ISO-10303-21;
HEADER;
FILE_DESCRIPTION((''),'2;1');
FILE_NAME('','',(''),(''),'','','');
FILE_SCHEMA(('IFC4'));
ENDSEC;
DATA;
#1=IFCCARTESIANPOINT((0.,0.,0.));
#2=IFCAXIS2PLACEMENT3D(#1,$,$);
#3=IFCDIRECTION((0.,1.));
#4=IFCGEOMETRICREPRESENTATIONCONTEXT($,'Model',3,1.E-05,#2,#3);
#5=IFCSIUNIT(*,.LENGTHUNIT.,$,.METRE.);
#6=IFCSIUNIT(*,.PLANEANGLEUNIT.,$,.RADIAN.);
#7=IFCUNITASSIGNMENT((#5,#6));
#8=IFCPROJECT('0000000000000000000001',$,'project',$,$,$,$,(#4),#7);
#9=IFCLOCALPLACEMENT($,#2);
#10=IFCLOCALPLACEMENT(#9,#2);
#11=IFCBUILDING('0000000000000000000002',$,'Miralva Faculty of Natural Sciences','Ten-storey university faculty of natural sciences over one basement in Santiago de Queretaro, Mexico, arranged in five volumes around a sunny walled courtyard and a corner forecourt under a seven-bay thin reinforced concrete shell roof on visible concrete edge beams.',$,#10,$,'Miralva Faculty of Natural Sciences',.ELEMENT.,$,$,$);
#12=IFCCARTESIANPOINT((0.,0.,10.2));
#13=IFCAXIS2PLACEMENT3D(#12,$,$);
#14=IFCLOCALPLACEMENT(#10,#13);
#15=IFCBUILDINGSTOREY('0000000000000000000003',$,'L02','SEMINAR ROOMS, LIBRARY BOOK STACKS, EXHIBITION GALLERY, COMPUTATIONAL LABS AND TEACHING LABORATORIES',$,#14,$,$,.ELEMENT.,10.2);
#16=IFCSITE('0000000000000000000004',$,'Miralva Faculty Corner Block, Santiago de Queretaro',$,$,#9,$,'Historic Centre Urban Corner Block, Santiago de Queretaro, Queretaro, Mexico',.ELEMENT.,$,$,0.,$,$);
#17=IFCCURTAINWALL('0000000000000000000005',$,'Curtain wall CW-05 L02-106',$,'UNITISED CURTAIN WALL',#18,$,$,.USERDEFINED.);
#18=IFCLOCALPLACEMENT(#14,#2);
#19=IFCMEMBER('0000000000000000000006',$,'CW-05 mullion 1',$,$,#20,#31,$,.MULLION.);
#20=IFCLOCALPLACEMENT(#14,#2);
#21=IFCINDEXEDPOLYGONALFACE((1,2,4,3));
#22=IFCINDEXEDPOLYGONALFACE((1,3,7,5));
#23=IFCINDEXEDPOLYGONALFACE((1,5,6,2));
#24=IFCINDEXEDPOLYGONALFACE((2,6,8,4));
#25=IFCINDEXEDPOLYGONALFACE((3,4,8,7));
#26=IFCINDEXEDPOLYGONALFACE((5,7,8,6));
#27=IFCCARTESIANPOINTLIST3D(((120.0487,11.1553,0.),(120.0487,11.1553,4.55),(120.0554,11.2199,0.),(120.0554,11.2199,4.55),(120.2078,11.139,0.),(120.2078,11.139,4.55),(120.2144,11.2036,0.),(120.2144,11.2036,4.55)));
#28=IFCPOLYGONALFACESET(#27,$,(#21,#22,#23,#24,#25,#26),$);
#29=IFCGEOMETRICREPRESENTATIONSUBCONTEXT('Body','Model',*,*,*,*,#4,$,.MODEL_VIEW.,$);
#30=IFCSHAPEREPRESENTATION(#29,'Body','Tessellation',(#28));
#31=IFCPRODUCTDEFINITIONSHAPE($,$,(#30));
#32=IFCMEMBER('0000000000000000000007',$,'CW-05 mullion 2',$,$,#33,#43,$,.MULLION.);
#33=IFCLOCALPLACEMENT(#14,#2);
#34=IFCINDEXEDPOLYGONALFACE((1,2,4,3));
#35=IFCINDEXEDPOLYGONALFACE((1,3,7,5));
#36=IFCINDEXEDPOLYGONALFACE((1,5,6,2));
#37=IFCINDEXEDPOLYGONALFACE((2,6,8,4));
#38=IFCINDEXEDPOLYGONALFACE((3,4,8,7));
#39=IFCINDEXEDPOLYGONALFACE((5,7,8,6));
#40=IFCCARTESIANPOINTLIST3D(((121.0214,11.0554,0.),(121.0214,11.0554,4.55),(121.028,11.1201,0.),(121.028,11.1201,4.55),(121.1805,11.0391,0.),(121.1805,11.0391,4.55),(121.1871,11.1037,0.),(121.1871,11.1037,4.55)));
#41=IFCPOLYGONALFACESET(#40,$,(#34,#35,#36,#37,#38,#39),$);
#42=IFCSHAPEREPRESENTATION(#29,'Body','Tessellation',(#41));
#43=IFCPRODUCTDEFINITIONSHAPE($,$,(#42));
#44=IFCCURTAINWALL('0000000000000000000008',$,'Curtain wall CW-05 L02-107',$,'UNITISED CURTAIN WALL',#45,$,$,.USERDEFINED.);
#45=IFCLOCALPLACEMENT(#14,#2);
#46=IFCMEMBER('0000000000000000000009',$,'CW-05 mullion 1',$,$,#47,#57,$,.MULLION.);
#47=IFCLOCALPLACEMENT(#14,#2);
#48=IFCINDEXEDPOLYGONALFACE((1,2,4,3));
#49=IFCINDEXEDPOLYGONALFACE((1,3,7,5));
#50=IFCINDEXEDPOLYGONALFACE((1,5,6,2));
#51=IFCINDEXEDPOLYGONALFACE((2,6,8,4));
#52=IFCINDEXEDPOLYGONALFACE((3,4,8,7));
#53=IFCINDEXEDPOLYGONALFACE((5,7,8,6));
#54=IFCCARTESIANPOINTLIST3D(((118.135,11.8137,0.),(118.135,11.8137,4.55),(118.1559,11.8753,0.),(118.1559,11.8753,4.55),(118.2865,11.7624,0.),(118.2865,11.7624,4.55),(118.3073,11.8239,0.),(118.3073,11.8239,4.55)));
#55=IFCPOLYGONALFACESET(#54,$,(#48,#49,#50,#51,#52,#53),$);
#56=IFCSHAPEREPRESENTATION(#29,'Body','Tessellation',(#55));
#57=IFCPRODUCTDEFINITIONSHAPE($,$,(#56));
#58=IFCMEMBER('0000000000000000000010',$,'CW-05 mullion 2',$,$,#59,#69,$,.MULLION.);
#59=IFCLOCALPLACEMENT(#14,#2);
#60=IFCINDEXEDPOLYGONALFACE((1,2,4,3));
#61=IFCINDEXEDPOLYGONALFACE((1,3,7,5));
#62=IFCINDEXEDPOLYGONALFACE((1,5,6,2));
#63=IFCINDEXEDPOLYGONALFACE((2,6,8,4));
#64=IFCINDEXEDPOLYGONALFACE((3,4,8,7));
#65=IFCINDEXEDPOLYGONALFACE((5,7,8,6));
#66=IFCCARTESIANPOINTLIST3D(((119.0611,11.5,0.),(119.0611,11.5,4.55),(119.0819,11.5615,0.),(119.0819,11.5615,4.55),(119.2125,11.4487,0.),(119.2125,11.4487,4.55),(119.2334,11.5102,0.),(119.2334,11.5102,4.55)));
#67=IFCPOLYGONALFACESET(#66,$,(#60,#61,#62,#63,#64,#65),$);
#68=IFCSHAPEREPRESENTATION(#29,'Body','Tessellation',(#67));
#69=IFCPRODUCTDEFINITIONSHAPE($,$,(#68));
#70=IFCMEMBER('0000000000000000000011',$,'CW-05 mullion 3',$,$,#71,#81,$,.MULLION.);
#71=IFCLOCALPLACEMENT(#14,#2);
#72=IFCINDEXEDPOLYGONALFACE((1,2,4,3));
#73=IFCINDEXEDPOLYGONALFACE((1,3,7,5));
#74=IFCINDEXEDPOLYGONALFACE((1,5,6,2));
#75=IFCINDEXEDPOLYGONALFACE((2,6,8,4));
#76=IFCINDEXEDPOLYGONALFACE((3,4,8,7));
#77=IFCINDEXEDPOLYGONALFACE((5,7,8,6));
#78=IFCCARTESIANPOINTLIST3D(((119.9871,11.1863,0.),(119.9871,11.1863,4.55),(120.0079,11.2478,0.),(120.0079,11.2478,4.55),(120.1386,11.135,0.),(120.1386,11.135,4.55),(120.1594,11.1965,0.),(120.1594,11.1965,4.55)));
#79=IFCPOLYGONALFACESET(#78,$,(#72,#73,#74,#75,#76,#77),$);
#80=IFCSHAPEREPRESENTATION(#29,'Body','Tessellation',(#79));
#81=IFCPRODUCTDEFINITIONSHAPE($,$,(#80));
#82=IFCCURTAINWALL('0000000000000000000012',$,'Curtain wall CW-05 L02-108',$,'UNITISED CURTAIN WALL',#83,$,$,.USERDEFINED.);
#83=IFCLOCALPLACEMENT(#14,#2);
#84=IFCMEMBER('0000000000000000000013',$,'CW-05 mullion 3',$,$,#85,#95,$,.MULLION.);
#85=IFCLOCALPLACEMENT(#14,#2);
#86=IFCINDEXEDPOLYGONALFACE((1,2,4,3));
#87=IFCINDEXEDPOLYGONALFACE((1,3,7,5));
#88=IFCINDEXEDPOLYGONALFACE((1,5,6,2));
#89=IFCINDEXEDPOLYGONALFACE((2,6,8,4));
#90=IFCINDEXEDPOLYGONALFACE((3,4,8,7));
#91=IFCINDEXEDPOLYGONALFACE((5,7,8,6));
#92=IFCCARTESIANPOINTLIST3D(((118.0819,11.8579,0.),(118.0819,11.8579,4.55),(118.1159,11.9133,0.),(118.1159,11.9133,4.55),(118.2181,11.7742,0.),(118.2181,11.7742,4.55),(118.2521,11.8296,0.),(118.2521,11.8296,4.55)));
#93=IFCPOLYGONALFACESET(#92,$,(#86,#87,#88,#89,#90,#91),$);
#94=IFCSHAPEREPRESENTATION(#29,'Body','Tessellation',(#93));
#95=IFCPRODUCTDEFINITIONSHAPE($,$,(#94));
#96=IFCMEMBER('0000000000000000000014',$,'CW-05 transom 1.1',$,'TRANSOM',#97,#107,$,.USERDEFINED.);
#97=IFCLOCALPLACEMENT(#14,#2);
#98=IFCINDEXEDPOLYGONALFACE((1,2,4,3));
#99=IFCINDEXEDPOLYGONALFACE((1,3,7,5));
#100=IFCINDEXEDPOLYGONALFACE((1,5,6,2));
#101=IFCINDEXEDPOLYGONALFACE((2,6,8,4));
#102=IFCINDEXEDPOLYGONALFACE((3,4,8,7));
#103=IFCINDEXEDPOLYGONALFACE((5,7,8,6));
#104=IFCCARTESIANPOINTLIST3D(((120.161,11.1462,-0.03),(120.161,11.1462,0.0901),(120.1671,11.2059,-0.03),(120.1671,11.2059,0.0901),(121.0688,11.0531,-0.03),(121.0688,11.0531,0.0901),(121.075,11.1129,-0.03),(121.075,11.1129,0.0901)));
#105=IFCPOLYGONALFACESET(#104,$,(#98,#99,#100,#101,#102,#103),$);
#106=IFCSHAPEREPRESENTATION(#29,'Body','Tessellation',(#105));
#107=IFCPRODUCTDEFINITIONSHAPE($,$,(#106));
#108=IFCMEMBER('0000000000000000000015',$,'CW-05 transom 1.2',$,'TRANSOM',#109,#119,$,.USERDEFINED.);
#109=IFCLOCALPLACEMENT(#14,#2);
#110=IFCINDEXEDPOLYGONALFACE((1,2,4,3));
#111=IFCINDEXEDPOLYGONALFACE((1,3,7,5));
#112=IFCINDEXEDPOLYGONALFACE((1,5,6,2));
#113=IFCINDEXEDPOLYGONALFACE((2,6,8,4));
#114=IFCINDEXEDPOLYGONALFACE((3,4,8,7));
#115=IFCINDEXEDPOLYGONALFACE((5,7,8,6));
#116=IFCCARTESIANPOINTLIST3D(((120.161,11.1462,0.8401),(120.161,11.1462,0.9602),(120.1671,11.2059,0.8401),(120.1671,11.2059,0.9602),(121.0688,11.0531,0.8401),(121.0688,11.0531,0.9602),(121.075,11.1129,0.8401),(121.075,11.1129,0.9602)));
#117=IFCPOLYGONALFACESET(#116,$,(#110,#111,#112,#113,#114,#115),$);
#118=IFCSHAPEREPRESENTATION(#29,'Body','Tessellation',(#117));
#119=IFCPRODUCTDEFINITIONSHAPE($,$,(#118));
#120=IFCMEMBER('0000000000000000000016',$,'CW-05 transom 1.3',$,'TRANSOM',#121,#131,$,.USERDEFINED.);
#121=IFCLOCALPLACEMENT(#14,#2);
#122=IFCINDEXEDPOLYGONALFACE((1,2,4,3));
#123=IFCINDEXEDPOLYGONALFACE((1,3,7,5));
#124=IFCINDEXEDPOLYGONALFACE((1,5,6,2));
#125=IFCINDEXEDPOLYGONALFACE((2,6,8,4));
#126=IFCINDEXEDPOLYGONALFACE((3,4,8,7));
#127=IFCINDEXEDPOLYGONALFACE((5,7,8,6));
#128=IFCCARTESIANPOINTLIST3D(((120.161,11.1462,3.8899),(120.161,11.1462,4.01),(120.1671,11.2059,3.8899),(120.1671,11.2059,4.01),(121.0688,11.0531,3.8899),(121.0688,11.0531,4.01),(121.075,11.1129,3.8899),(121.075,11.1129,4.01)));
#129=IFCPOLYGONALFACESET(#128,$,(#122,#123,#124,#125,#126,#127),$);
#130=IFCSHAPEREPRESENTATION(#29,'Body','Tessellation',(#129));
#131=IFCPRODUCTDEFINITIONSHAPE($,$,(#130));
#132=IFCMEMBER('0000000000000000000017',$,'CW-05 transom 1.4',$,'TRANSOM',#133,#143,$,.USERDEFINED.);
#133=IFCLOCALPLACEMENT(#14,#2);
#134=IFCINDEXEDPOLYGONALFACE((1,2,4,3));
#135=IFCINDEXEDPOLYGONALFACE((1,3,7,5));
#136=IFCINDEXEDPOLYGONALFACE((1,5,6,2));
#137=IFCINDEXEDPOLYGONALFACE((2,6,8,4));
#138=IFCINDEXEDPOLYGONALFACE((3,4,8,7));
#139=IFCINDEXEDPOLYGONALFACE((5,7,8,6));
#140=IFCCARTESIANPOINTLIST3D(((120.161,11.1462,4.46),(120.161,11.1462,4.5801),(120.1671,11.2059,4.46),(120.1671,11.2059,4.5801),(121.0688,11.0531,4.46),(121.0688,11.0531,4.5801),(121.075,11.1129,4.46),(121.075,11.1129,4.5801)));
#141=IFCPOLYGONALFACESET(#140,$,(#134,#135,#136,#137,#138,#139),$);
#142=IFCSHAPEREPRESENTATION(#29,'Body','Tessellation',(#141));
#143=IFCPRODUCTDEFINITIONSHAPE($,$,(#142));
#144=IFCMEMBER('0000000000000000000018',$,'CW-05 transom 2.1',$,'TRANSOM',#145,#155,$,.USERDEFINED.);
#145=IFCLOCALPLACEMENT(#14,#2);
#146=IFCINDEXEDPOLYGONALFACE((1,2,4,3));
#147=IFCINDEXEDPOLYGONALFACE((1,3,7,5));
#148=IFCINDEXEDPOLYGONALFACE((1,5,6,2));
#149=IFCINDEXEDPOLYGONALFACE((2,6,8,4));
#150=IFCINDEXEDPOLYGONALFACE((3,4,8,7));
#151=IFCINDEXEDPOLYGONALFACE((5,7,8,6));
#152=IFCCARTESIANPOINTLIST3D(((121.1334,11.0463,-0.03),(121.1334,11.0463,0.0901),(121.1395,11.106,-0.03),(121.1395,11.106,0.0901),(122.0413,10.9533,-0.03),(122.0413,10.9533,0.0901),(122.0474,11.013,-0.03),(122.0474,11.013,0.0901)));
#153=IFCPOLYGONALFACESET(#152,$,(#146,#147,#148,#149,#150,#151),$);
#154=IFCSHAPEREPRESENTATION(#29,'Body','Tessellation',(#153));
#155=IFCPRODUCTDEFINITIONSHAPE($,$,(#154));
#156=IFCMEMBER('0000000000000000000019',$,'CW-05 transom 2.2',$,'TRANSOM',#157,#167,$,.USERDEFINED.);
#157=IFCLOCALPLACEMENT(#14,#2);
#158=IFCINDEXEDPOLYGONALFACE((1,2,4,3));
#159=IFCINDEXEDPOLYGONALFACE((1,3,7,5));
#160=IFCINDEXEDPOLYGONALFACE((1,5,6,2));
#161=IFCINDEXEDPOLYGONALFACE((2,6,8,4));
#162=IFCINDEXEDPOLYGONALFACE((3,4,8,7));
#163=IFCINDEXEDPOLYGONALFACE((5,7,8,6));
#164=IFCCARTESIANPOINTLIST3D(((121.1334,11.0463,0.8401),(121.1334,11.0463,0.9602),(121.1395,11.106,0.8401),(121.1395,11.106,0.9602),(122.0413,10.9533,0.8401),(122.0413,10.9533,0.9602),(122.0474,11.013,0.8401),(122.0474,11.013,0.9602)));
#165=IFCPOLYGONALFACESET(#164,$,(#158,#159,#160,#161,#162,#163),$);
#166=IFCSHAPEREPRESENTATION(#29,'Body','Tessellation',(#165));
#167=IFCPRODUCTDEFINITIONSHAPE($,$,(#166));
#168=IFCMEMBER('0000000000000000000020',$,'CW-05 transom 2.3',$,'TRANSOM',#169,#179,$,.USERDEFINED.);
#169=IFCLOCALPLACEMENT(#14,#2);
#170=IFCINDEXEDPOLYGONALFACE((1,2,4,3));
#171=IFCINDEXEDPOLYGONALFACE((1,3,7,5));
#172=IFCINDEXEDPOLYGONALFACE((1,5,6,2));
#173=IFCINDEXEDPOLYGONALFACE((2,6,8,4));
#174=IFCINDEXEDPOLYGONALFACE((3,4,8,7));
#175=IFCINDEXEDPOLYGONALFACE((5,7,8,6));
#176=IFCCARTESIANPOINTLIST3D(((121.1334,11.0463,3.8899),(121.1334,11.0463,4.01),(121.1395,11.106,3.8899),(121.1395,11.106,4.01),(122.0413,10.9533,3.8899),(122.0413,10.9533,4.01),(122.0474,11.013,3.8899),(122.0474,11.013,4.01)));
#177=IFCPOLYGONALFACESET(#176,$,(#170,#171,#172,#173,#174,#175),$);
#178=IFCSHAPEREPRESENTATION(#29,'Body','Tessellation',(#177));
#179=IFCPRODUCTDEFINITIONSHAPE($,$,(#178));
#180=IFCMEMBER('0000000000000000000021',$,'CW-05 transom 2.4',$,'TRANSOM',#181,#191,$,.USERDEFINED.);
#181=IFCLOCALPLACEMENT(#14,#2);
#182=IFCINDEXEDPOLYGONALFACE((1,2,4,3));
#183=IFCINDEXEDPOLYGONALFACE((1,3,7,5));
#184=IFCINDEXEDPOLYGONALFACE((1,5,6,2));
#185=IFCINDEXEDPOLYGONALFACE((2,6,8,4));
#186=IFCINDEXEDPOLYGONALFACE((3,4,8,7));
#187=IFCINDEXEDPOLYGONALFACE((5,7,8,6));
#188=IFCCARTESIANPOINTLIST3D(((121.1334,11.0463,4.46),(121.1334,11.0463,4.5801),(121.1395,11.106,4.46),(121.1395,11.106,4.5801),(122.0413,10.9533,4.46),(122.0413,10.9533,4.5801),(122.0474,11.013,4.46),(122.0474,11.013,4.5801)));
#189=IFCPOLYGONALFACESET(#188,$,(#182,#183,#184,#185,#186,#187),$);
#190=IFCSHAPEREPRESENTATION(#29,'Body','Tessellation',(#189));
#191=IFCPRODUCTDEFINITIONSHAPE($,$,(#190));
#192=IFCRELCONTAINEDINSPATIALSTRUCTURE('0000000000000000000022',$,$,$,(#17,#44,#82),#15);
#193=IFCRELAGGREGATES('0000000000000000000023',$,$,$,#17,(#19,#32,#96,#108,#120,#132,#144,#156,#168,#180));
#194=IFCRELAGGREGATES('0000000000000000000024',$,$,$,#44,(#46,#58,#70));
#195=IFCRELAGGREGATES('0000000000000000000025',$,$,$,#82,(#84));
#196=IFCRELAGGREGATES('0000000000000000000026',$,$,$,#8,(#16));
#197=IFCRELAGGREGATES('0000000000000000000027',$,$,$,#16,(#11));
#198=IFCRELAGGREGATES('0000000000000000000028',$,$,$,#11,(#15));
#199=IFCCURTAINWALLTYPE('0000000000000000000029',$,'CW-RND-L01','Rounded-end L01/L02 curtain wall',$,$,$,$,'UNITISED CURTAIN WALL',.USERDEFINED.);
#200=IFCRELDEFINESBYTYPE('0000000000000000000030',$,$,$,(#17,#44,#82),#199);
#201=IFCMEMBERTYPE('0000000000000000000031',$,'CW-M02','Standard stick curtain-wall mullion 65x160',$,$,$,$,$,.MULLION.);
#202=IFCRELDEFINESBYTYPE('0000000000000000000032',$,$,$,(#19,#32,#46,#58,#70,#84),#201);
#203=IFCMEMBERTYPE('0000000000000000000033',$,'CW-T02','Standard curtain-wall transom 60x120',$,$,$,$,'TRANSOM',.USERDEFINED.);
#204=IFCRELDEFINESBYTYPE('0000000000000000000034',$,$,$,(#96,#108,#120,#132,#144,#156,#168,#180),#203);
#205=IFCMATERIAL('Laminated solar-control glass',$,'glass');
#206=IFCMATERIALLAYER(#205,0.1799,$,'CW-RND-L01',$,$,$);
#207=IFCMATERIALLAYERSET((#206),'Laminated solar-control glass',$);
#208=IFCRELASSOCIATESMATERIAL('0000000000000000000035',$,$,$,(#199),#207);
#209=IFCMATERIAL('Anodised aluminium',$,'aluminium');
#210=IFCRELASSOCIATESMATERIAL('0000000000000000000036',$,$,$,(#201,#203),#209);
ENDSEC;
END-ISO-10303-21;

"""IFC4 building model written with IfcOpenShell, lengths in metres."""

from ifc_helpers import new_model, si_unit, direction, frame, origin, origin_2d, place, context, subcontext, project, spatial, rectangle, extrude, material, layer, layer_set, material_profile, profile_set, type_object, element, aggregate, save


model = new_model("IFC4")

# Units and contexts
model_context = context("Model", 3, precision=1e-05, world=origin(), true_north=direction((0.0, 1.0)))
body_context = subcontext(model_context, "Body", "Model", "MODEL_VIEW")
ifc_project = project(units=[si_unit("LENGTHUNIT", "METRE"), si_unit("PLANEANGLEUNIT", "RADIAN")], contexts=[model_context])

# Site, building, storey
site_placement = place(None, origin())
site = spatial("IfcSite", under=ifc_project, at=site_placement, Name="Miralva Faculty Corner Block, Santiago de Queretaro", LongName="Historic Centre Urban Corner Block, Santiago de Queretaro, Queretaro, Mexico", CompositionType="ELEMENT", RefElevation=0.0)
building_placement = place(site_placement, origin())
building = spatial("IfcBuilding", under=site, at=building_placement, Name="Miralva Faculty of Natural Sciences", Description="Ten-storey university faculty of natural sciences over one basement in Santiago de Queretaro, Mexico, arranged in five volumes around a sunny walled courtyard and a corner forecourt under a seven-bay thin reinforced concrete shell roof on visible concrete edge beams.", LongName="Miralva Faculty of Natural Sciences", CompositionType="ELEMENT")
storey_placement = place(building_placement, frame((0.0, 0.0, 10.2)))
storey = spatial("IfcBuildingStorey", under=building, at=storey_placement, Name="L02", Description="SEMINAR ROOMS, LIBRARY BOOK STACKS, EXHIBITION GALLERY, COMPUTATIONAL LABS AND TEACHING LABORATORIES", CompositionType="ELEMENT", Elevation=10.2)

# Curtain walls, members
ifc_material_1 = material(Name="Laminated solar-control glass", Category="glass")
ifc_layer_1 = layer(ifc_material_1, 0.1799, Name="CW-RND-L01")
ifc_layer_set_1 = layer_set([ifc_layer_1], Name="Laminated solar-control glass")
curtain_wall_type = type_object("IfcCurtainWallType", Name="CW-RND-L01", Description="Rounded-end L01/L02 curtain wall", ElementType="UNITISED CURTAIN WALL", PredefinedType="USERDEFINED", material=ifc_layer_set_1)
curtain_wall_1_placement = place(storey_placement, origin())
curtain_wall_1 = element("IfcCurtainWall", 1, at=curtain_wall_1_placement, inside=storey, type_object=curtain_wall_type, Name="Curtain wall CW-05 L02-106", ObjectType="UNITISED CURTAIN WALL", PredefinedType="USERDEFINED")
ifc_material_2 = material(Name="Anodised aluminium", Category="aluminium")
ifc_material_profile_1 = material_profile(ifc_material_2, rectangle(XDim=0.0649, YDim=0.1599, at=origin_2d()), Name="MULLION 65x160")
ifc_profile_set_1 = profile_set([ifc_material_profile_1], Name="Anodised aluminium")
member_type_1 = type_object("IfcMemberType", Name="CW-M02", Description="Standard stick curtain-wall mullion 65x160", PredefinedType="MULLION", material=ifc_profile_set_1)
member_1_placement = place(storey_placement, frame((120.1316, 11.1794, 0.0), z_axis=(0.0, 0.0, 1.0), x_axis=(0.102056, 0.994779, 0.0)))
member_1 = element("IfcMember", 2, at=member_1_placement, type_object=member_type_1, Name="CW-05 mullion 1", PredefinedType="MULLION", context=body_context, shape_type="SweptSolid", body=[
    extrude(rectangle(XDim=0.0649, YDim=0.1599, at=origin_2d()), origin(), (0.0, 0.0, 1.0), 4.55),
])
member_2_placement = place(storey_placement, frame((121.1042, 11.0796, 0.0), z_axis=(0.0, 0.0, 1.0), x_axis=(0.102056, 0.994779, 0.0)))
member_2 = element("IfcMember", 3, at=member_2_placement, type_object=member_type_1, Name="CW-05 mullion 2", PredefinedType="MULLION", context=body_context, shape_type="SweptSolid", body=[
    extrude(rectangle(XDim=0.0649, YDim=0.1599, at=origin_2d()), origin(), (0.0, 0.0, 1.0), 4.55),
])
curtain_wall_2_placement = place(storey_placement, origin())
curtain_wall_2 = element("IfcCurtainWall", 4, at=curtain_wall_2_placement, inside=storey, type_object=curtain_wall_type, Name="Curtain wall CW-05 L02-107", ObjectType="UNITISED CURTAIN WALL", PredefinedType="USERDEFINED")
member_3_placement = place(storey_placement, frame((118.2212, 11.8188, 0.0), z_axis=(0.0, 0.0, 1.0), x_axis=(0.320842, 0.947133, 0.0)))
member_3 = element("IfcMember", 5, at=member_3_placement, type_object=member_type_1, Name="CW-05 mullion 1", PredefinedType="MULLION", context=body_context, shape_type="SweptSolid", body=[
    extrude(rectangle(XDim=0.0649, YDim=0.1599, at=origin_2d()), origin(), (0.0, 0.0, 1.0), 4.55),
])
member_4_placement = place(storey_placement, frame((119.1472, 11.5051, 0.0), z_axis=(0.0, 0.0, 1.0), x_axis=(0.320842, 0.947133, 0.0)))
member_4 = element("IfcMember", 6, at=member_4_placement, type_object=member_type_1, Name="CW-05 mullion 2", PredefinedType="MULLION", context=body_context, shape_type="SweptSolid", body=[
    extrude(rectangle(XDim=0.0649, YDim=0.1599, at=origin_2d()), origin(), (0.0, 0.0, 1.0), 4.55),
])
member_5_placement = place(storey_placement, frame((120.0732, 11.1914, 0.0), z_axis=(0.0, 0.0, 1.0), x_axis=(0.320842, 0.947133, 0.0)))
member_5 = element("IfcMember", 7, at=member_5_placement, type_object=member_type_1, Name="CW-05 mullion 3", PredefinedType="MULLION", context=body_context, shape_type="SweptSolid", body=[
    extrude(rectangle(XDim=0.0649, YDim=0.1599, at=origin_2d()), origin(), (0.0, 0.0, 1.0), 4.55),
])

# Curtain wall, member
curtain_wall_3_placement = place(storey_placement, origin())
curtain_wall_3 = element("IfcCurtainWall", 8, at=curtain_wall_3_placement, inside=storey, type_object=curtain_wall_type, Name="Curtain wall CW-05 L02-108", ObjectType="UNITISED CURTAIN WALL", PredefinedType="USERDEFINED")
member_6_placement = place(storey_placement, frame((118.167, 11.8438, 0.0), z_axis=(0.0, 0.0, 1.0), x_axis=(0.523535, 0.852004, 0.0)))
member_6 = element("IfcMember", 9, at=member_6_placement, type_object=member_type_1, Name="CW-05 mullion 3", PredefinedType="MULLION", context=body_context, shape_type="SweptSolid", body=[
    extrude(rectangle(XDim=0.0649, YDim=0.1599, at=origin_2d()), origin(), (0.0, 0.0, 1.0), 4.55),
])

# Members
ifc_material_profile_2 = material_profile(ifc_material_2, rectangle(XDim=0.0601, YDim=0.1201, at=origin_2d()), Name="TRANSOM 60x120")
ifc_profile_set_2 = profile_set([ifc_material_profile_2], Name="Anodised aluminium")
member_type_2 = type_object("IfcMemberType", Name="CW-T02", Description="Standard curtain-wall transom 60x120", ElementType="TRANSOM", PredefinedType="USERDEFINED", material=ifc_profile_set_2)
member_7_placement = place(storey_placement, frame((120.1641, 11.176, 0.03), z_axis=(0.994793, -0.101913, 0.0), x_axis=(0.101913, 0.994793, 0.0)))
member_7 = element("IfcMember", 10, at=member_7_placement, type_object=member_type_2, Name="CW-05 transom 1.1", ObjectType="TRANSOM", PredefinedType="USERDEFINED", context=body_context, shape_type="SweptSolid", body=[
    extrude(rectangle(XDim=0.0601, YDim=0.1201, at=origin_2d()), origin(), (0.0, 0.0, 1.0), 0.9126),
])
member_8_placement = place(storey_placement, frame((120.1641, 11.176, 0.9001), z_axis=(0.994793, -0.101913, 0.0), x_axis=(0.101913, 0.994793, 0.0)))
member_8 = element("IfcMember", 11, at=member_8_placement, type_object=member_type_2, Name="CW-05 transom 1.2", ObjectType="TRANSOM", PredefinedType="USERDEFINED", context=body_context, shape_type="SweptSolid", body=[
    extrude(rectangle(XDim=0.0601, YDim=0.1201, at=origin_2d()), origin(), (0.0, 0.0, 1.0), 0.9126),
])
member_9_placement = place(storey_placement, frame((120.1641, 11.176, 3.95), z_axis=(0.994793, -0.101913, 0.0), x_axis=(0.101913, 0.994793, 0.0)))
member_9 = element("IfcMember", 12, at=member_9_placement, type_object=member_type_2, Name="CW-05 transom 1.3", ObjectType="TRANSOM", PredefinedType="USERDEFINED", context=body_context, shape_type="SweptSolid", body=[
    extrude(rectangle(XDim=0.0601, YDim=0.1201, at=origin_2d()), origin(), (0.0, 0.0, 1.0), 0.9126),
])
member_10_placement = place(storey_placement, frame((120.1641, 11.176, 4.52), z_axis=(0.994793, -0.101913, 0.0), x_axis=(0.101913, 0.994793, 0.0)))
member_10 = element("IfcMember", 13, at=member_10_placement, type_object=member_type_2, Name="CW-05 transom 1.4", ObjectType="TRANSOM", PredefinedType="USERDEFINED", context=body_context, shape_type="SweptSolid", body=[
    extrude(rectangle(XDim=0.0601, YDim=0.1201, at=origin_2d()), origin(), (0.0, 0.0, 1.0), 0.9126),
])
member_11_placement = place(storey_placement, frame((121.1365, 11.0762, 0.03), z_axis=(0.994793, -0.101913, 0.0), x_axis=(0.101913, 0.994793, 0.0)))
member_11 = element("IfcMember", 14, at=member_11_placement, type_object=member_type_2, Name="CW-05 transom 2.1", ObjectType="TRANSOM", PredefinedType="USERDEFINED", context=body_context, shape_type="SweptSolid", body=[
    extrude(rectangle(XDim=0.0601, YDim=0.1201, at=origin_2d()), origin(), (0.0, 0.0, 1.0), 0.9126),
])
member_12_placement = place(storey_placement, frame((121.1365, 11.0762, 0.9001), z_axis=(0.994793, -0.101913, 0.0), x_axis=(0.101913, 0.994793, 0.0)))
member_12 = element("IfcMember", 15, at=member_12_placement, type_object=member_type_2, Name="CW-05 transom 2.2", ObjectType="TRANSOM", PredefinedType="USERDEFINED", context=body_context, shape_type="SweptSolid", body=[
    extrude(rectangle(XDim=0.0601, YDim=0.1201, at=origin_2d()), origin(), (0.0, 0.0, 1.0), 0.9126),
])
member_13_placement = place(storey_placement, frame((121.1365, 11.0762, 3.95), z_axis=(0.994793, -0.101913, 0.0), x_axis=(0.101913, 0.994793, 0.0)))
member_13 = element("IfcMember", 16, at=member_13_placement, type_object=member_type_2, Name="CW-05 transom 2.3", ObjectType="TRANSOM", PredefinedType="USERDEFINED", context=body_context, shape_type="SweptSolid", body=[
    extrude(rectangle(XDim=0.0601, YDim=0.1201, at=origin_2d()), origin(), (0.0, 0.0, 1.0), 0.9126),
])
member_14_placement = place(storey_placement, frame((121.1365, 11.0762, 4.52), z_axis=(0.994793, -0.101913, 0.0), x_axis=(0.101913, 0.994793, 0.0)))
member_14 = element("IfcMember", 17, at=member_14_placement, type_object=member_type_2, Name="CW-05 transom 2.4", ObjectType="TRANSOM", PredefinedType="USERDEFINED", context=body_context, shape_type="SweptSolid", body=[
    extrude(rectangle(XDim=0.0601, YDim=0.1201, at=origin_2d()), origin(), (0.0, 0.0, 1.0), 0.9126),
])

aggregate(curtain_wall_1, [member_1, member_2, member_7, member_8, member_9, member_10, member_11, member_12, member_13, member_14])
aggregate(curtain_wall_2, [member_3, member_4, member_5])
aggregate(curtain_wall_3, [member_6])

save(model, "model.ifc")
